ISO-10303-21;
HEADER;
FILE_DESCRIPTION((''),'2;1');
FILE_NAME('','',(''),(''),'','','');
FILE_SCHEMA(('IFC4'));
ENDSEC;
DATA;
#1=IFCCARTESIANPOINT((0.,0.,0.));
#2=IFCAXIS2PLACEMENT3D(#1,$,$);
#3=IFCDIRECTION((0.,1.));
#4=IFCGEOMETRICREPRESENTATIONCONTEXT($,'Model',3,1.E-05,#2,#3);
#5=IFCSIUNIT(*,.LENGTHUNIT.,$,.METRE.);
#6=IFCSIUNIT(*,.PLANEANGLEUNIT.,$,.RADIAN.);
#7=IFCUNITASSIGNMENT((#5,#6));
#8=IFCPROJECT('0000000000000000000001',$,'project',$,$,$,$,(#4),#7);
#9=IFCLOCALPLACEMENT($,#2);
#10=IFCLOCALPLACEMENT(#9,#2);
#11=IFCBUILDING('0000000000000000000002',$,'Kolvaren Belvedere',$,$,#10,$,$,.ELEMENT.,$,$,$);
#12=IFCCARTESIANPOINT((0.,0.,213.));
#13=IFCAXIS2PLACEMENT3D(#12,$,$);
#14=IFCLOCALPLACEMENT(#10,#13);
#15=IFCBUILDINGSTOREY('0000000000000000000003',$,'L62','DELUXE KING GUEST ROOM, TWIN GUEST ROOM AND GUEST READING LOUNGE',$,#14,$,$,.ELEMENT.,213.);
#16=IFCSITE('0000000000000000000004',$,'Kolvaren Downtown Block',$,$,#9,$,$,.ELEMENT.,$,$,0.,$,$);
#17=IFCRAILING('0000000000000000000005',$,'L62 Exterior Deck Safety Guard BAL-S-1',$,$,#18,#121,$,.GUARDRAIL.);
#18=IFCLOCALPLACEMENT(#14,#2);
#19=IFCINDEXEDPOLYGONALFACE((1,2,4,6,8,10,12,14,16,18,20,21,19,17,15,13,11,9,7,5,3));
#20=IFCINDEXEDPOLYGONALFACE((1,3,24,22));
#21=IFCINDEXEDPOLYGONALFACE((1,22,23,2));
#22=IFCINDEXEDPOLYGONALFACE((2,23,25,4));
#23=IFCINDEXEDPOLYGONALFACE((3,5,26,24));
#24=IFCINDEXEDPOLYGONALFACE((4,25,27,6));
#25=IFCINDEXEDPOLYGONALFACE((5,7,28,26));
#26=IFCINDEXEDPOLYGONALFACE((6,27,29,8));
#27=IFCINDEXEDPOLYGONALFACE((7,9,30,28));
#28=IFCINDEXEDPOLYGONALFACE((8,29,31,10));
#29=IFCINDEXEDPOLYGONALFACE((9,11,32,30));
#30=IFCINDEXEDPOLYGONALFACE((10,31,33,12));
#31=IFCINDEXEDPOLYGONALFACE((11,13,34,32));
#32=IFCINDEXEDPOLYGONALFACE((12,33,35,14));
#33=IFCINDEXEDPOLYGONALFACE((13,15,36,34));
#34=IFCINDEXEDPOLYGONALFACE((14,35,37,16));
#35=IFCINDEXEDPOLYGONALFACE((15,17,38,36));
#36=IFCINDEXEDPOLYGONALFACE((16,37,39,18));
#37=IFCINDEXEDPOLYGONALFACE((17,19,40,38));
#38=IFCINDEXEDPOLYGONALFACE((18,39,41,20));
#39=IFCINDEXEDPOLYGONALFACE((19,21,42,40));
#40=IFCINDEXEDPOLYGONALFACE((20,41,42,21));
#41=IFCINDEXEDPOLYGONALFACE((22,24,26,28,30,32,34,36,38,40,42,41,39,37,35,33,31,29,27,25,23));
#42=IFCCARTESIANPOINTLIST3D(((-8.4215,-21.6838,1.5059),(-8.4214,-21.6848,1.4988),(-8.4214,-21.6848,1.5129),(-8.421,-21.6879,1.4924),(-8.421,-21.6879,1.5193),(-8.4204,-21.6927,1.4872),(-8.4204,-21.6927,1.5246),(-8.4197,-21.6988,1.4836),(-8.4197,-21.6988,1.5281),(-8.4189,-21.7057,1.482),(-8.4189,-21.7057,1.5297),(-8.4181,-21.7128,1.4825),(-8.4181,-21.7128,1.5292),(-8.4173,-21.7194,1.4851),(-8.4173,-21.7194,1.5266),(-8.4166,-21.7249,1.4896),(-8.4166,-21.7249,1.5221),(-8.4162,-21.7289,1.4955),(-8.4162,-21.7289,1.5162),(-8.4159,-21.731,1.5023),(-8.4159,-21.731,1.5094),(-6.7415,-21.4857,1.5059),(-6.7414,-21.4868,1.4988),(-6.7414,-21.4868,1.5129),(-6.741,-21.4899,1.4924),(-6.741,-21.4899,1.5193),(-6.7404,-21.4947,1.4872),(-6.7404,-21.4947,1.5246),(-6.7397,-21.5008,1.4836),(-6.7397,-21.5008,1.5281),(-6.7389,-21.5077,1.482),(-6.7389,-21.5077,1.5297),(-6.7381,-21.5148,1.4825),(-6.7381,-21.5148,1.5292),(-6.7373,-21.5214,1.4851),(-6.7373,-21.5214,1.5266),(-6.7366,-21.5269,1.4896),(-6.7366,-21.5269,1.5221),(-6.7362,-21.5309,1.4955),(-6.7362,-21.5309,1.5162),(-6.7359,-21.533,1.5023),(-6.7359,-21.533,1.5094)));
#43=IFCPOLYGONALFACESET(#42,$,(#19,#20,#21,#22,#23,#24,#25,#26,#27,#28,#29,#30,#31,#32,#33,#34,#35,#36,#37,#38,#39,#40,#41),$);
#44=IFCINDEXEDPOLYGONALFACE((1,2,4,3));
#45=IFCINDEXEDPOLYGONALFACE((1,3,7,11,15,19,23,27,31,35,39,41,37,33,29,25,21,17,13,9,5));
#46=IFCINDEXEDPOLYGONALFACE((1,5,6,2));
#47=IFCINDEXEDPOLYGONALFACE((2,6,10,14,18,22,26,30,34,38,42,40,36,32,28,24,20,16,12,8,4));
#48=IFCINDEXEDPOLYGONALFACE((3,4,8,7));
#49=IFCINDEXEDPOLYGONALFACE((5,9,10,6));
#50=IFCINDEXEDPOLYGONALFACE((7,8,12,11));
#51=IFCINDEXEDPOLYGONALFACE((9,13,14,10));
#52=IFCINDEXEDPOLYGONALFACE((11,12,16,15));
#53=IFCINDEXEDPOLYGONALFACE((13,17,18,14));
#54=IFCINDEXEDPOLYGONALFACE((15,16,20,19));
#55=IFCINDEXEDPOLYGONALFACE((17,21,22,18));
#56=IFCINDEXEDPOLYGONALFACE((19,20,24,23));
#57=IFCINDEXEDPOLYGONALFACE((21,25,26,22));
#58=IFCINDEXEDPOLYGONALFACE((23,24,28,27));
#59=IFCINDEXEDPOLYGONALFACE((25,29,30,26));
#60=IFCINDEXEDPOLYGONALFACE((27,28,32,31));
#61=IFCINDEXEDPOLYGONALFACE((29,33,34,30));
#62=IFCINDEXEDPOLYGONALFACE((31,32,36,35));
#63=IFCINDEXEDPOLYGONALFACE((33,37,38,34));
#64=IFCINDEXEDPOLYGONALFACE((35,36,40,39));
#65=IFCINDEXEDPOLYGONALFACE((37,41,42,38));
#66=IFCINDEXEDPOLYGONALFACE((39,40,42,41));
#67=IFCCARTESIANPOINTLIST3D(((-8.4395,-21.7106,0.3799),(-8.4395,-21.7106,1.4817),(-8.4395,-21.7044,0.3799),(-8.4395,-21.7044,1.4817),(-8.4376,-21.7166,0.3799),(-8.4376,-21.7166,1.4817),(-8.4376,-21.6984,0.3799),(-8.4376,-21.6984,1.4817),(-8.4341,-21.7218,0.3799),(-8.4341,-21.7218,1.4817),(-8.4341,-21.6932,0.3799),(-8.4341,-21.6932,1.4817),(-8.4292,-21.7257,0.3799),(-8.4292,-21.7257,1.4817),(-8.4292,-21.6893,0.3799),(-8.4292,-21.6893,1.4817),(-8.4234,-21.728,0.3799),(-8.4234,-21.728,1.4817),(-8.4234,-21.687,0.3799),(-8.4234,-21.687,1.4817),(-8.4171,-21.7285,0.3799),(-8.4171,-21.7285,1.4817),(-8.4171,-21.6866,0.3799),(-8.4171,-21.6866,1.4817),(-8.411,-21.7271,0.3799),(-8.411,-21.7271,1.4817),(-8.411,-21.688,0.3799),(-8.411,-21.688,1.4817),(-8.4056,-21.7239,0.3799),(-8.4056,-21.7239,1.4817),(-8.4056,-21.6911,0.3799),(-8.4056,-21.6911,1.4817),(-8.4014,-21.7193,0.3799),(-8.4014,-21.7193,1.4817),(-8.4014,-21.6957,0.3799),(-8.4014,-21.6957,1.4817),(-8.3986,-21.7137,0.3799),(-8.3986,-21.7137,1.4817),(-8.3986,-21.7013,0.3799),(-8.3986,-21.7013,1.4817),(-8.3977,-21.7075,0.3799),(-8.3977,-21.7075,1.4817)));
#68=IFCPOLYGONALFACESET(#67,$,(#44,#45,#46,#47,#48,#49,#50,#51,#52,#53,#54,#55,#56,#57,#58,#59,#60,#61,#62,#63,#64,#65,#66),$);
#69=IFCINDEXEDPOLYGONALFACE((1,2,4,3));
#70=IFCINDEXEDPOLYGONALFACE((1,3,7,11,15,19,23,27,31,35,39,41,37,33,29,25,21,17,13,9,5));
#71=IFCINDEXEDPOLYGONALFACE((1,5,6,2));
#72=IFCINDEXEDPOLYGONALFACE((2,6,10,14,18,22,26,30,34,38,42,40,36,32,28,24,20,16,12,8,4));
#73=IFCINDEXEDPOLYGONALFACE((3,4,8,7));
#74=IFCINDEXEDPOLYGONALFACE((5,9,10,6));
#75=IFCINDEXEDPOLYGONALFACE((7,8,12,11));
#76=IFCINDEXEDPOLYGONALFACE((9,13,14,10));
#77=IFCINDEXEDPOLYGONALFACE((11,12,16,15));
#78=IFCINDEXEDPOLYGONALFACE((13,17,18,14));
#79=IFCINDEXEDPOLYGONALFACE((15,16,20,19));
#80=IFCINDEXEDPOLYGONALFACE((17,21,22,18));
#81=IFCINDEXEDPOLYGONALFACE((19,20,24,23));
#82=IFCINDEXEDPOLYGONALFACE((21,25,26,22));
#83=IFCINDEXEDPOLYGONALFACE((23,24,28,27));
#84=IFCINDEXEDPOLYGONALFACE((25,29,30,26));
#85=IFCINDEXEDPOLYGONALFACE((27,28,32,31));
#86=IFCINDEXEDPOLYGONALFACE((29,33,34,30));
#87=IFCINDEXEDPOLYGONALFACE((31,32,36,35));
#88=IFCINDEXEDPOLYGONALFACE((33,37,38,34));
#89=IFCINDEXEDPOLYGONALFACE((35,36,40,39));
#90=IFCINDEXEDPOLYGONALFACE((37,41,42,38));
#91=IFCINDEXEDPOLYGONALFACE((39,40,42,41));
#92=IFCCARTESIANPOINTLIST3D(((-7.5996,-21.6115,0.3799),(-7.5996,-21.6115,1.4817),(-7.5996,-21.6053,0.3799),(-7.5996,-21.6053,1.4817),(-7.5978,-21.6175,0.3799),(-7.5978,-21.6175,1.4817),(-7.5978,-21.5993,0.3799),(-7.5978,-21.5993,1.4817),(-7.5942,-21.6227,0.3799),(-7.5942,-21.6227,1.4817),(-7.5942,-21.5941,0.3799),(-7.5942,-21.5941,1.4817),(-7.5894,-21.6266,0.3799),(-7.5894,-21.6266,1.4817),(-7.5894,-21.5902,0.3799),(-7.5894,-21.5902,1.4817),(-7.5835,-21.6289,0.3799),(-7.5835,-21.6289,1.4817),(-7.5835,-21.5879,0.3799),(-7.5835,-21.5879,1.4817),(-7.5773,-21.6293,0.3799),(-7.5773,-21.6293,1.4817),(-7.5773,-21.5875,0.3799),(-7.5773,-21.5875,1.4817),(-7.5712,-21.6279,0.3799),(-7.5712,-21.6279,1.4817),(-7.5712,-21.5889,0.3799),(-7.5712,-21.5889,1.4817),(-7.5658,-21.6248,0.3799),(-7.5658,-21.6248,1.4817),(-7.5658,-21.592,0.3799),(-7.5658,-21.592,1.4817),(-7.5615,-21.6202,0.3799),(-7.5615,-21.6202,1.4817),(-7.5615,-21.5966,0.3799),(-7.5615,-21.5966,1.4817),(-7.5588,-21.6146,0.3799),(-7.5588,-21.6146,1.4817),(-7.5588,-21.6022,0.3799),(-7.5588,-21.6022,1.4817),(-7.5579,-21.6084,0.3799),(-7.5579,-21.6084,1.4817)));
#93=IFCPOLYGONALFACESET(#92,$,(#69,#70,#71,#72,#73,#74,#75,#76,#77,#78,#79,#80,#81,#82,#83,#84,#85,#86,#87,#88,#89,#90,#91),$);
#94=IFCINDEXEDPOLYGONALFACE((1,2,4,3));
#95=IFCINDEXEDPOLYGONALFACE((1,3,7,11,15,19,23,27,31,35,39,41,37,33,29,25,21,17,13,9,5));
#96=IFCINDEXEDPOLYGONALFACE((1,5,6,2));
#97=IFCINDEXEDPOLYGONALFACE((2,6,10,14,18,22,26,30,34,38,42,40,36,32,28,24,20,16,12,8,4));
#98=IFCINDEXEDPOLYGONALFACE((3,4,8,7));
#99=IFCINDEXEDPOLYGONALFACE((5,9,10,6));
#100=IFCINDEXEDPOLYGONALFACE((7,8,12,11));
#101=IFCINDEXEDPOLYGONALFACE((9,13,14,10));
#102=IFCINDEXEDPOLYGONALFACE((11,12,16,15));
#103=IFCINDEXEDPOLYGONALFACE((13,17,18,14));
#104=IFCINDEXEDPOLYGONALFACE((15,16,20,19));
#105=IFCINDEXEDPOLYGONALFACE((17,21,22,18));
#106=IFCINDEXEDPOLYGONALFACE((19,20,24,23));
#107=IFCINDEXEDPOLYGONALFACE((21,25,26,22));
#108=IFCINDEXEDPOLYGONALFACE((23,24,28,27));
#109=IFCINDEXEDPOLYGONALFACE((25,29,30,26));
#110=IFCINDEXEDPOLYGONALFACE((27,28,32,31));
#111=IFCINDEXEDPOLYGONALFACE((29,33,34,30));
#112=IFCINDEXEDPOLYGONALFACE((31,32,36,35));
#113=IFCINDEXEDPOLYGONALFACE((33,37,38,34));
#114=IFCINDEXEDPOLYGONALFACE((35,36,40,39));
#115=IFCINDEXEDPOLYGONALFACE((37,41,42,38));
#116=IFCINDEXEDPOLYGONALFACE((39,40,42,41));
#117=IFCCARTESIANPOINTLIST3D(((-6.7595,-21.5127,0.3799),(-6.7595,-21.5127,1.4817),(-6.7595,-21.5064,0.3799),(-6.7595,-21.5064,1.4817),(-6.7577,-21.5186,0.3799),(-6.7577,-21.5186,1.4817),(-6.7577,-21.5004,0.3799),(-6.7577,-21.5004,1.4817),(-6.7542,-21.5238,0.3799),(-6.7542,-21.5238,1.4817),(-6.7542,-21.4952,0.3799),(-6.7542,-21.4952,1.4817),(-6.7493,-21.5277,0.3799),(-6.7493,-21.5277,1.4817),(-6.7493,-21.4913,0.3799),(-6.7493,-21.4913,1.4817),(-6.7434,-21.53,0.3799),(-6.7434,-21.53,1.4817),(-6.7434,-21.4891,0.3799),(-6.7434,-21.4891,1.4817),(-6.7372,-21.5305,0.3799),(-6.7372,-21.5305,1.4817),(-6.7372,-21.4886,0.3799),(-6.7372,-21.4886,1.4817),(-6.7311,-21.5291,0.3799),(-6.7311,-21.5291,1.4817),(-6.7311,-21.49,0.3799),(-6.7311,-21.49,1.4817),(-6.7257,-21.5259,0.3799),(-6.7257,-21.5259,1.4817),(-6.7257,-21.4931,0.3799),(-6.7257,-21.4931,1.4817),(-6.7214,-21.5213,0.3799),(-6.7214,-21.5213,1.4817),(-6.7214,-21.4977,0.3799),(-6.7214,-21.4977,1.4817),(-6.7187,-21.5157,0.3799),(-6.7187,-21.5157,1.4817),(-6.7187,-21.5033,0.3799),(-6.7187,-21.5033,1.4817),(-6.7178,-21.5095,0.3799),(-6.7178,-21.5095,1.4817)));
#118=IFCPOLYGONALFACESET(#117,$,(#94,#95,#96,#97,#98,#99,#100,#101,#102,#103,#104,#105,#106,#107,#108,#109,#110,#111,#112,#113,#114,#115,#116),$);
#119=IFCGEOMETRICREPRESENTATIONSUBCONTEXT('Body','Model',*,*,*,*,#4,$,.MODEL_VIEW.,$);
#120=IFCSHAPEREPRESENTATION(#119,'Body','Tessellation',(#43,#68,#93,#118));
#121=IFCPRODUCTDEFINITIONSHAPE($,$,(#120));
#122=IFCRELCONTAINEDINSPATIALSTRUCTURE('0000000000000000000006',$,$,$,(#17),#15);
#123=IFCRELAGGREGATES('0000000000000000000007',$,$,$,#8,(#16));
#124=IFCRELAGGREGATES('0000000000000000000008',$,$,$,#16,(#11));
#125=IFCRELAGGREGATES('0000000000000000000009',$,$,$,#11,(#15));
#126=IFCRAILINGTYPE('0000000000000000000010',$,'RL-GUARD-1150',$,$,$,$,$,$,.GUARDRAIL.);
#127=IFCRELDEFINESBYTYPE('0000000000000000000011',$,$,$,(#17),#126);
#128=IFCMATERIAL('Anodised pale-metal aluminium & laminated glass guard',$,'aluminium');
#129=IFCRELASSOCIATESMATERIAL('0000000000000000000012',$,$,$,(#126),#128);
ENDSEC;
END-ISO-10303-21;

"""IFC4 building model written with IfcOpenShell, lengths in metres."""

from ifc_helpers import new_model, si_unit, direction, frame, origin, origin_2d, place, context, subcontext, project, spatial, circle, extrude, material, type_object, element, save


model = new_model("IFC4")

# Units and contexts
model_context = context("Model", 3, precision=1e-05, world=origin(), true_north=direction((0.0, 1.0)))
body_context = subcontext(model_context, "Body", "Model", "MODEL_VIEW")
ifc_project = project(units=[si_unit("LENGTHUNIT", "METRE"), si_unit("PLANEANGLEUNIT", "RADIAN")], contexts=[model_context])

# Site, building, storey
site_placement = place(None, origin())
site = spatial("IfcSite", under=ifc_project, at=site_placement, Name="Kolvaren Downtown Block", CompositionType="ELEMENT", RefElevation=0.0)
building_placement = place(site_placement, origin())
building = spatial("IfcBuilding", under=site, at=building_placement, Name="Kolvaren Belvedere", CompositionType="ELEMENT")
storey_placement = place(building_placement, frame((0.0, 0.0, 213.0)))
storey = spatial("IfcBuildingStorey", under=building, at=storey_placement, Name="L62", Description="DELUXE KING GUEST ROOM, TWIN GUEST ROOM AND GUEST READING LOUNGE", CompositionType="ELEMENT", Elevation=213.0)

# Railing
ifc_material_1 = material(Name="Anodised pale-metal aluminium & laminated glass guard", Category="aluminium")
railing_type = type_object("IfcRailingType", Name="RL-GUARD-1150", PredefinedType="GUARDRAIL", material=ifc_material_1)
railing_1_placement = place(storey_placement, frame((-8.4187, -21.7075, 0.3799)))
element("IfcRailing", 1, at=railing_1_placement, inside=storey, type_object=railing_type, Name="L62 Exterior Deck Safety Guard BAL-S-1", PredefinedType="GUARDRAIL", context=body_context, shape_type="SweptSolid", body=[
    extrude(circle(Radius=0.0239, at=origin_2d()), frame((0.0, 0.0, 1.126), z_axis=(0.993126, 0.117051, 0.0), x_axis=(-0.117051, 0.993126, 0.0)), (0.0, 0.0, 1.0), 1.6917),
    extrude(circle(Radius=0.021, at=origin_2d()), origin(), (0.0, 0.0, 1.0), 1.1018),
    extrude(circle(Radius=0.021, at=origin_2d()), frame((0.8398, 0.0991, 0.0)), (0.0, 0.0, 1.0), 1.1018),
    extrude(circle(Radius=0.021, at=origin_2d()), frame((1.6799, 0.198, 0.0)), (0.0, 0.0, 1.0), 1.1018),
])

save(model, "model.ifc")
